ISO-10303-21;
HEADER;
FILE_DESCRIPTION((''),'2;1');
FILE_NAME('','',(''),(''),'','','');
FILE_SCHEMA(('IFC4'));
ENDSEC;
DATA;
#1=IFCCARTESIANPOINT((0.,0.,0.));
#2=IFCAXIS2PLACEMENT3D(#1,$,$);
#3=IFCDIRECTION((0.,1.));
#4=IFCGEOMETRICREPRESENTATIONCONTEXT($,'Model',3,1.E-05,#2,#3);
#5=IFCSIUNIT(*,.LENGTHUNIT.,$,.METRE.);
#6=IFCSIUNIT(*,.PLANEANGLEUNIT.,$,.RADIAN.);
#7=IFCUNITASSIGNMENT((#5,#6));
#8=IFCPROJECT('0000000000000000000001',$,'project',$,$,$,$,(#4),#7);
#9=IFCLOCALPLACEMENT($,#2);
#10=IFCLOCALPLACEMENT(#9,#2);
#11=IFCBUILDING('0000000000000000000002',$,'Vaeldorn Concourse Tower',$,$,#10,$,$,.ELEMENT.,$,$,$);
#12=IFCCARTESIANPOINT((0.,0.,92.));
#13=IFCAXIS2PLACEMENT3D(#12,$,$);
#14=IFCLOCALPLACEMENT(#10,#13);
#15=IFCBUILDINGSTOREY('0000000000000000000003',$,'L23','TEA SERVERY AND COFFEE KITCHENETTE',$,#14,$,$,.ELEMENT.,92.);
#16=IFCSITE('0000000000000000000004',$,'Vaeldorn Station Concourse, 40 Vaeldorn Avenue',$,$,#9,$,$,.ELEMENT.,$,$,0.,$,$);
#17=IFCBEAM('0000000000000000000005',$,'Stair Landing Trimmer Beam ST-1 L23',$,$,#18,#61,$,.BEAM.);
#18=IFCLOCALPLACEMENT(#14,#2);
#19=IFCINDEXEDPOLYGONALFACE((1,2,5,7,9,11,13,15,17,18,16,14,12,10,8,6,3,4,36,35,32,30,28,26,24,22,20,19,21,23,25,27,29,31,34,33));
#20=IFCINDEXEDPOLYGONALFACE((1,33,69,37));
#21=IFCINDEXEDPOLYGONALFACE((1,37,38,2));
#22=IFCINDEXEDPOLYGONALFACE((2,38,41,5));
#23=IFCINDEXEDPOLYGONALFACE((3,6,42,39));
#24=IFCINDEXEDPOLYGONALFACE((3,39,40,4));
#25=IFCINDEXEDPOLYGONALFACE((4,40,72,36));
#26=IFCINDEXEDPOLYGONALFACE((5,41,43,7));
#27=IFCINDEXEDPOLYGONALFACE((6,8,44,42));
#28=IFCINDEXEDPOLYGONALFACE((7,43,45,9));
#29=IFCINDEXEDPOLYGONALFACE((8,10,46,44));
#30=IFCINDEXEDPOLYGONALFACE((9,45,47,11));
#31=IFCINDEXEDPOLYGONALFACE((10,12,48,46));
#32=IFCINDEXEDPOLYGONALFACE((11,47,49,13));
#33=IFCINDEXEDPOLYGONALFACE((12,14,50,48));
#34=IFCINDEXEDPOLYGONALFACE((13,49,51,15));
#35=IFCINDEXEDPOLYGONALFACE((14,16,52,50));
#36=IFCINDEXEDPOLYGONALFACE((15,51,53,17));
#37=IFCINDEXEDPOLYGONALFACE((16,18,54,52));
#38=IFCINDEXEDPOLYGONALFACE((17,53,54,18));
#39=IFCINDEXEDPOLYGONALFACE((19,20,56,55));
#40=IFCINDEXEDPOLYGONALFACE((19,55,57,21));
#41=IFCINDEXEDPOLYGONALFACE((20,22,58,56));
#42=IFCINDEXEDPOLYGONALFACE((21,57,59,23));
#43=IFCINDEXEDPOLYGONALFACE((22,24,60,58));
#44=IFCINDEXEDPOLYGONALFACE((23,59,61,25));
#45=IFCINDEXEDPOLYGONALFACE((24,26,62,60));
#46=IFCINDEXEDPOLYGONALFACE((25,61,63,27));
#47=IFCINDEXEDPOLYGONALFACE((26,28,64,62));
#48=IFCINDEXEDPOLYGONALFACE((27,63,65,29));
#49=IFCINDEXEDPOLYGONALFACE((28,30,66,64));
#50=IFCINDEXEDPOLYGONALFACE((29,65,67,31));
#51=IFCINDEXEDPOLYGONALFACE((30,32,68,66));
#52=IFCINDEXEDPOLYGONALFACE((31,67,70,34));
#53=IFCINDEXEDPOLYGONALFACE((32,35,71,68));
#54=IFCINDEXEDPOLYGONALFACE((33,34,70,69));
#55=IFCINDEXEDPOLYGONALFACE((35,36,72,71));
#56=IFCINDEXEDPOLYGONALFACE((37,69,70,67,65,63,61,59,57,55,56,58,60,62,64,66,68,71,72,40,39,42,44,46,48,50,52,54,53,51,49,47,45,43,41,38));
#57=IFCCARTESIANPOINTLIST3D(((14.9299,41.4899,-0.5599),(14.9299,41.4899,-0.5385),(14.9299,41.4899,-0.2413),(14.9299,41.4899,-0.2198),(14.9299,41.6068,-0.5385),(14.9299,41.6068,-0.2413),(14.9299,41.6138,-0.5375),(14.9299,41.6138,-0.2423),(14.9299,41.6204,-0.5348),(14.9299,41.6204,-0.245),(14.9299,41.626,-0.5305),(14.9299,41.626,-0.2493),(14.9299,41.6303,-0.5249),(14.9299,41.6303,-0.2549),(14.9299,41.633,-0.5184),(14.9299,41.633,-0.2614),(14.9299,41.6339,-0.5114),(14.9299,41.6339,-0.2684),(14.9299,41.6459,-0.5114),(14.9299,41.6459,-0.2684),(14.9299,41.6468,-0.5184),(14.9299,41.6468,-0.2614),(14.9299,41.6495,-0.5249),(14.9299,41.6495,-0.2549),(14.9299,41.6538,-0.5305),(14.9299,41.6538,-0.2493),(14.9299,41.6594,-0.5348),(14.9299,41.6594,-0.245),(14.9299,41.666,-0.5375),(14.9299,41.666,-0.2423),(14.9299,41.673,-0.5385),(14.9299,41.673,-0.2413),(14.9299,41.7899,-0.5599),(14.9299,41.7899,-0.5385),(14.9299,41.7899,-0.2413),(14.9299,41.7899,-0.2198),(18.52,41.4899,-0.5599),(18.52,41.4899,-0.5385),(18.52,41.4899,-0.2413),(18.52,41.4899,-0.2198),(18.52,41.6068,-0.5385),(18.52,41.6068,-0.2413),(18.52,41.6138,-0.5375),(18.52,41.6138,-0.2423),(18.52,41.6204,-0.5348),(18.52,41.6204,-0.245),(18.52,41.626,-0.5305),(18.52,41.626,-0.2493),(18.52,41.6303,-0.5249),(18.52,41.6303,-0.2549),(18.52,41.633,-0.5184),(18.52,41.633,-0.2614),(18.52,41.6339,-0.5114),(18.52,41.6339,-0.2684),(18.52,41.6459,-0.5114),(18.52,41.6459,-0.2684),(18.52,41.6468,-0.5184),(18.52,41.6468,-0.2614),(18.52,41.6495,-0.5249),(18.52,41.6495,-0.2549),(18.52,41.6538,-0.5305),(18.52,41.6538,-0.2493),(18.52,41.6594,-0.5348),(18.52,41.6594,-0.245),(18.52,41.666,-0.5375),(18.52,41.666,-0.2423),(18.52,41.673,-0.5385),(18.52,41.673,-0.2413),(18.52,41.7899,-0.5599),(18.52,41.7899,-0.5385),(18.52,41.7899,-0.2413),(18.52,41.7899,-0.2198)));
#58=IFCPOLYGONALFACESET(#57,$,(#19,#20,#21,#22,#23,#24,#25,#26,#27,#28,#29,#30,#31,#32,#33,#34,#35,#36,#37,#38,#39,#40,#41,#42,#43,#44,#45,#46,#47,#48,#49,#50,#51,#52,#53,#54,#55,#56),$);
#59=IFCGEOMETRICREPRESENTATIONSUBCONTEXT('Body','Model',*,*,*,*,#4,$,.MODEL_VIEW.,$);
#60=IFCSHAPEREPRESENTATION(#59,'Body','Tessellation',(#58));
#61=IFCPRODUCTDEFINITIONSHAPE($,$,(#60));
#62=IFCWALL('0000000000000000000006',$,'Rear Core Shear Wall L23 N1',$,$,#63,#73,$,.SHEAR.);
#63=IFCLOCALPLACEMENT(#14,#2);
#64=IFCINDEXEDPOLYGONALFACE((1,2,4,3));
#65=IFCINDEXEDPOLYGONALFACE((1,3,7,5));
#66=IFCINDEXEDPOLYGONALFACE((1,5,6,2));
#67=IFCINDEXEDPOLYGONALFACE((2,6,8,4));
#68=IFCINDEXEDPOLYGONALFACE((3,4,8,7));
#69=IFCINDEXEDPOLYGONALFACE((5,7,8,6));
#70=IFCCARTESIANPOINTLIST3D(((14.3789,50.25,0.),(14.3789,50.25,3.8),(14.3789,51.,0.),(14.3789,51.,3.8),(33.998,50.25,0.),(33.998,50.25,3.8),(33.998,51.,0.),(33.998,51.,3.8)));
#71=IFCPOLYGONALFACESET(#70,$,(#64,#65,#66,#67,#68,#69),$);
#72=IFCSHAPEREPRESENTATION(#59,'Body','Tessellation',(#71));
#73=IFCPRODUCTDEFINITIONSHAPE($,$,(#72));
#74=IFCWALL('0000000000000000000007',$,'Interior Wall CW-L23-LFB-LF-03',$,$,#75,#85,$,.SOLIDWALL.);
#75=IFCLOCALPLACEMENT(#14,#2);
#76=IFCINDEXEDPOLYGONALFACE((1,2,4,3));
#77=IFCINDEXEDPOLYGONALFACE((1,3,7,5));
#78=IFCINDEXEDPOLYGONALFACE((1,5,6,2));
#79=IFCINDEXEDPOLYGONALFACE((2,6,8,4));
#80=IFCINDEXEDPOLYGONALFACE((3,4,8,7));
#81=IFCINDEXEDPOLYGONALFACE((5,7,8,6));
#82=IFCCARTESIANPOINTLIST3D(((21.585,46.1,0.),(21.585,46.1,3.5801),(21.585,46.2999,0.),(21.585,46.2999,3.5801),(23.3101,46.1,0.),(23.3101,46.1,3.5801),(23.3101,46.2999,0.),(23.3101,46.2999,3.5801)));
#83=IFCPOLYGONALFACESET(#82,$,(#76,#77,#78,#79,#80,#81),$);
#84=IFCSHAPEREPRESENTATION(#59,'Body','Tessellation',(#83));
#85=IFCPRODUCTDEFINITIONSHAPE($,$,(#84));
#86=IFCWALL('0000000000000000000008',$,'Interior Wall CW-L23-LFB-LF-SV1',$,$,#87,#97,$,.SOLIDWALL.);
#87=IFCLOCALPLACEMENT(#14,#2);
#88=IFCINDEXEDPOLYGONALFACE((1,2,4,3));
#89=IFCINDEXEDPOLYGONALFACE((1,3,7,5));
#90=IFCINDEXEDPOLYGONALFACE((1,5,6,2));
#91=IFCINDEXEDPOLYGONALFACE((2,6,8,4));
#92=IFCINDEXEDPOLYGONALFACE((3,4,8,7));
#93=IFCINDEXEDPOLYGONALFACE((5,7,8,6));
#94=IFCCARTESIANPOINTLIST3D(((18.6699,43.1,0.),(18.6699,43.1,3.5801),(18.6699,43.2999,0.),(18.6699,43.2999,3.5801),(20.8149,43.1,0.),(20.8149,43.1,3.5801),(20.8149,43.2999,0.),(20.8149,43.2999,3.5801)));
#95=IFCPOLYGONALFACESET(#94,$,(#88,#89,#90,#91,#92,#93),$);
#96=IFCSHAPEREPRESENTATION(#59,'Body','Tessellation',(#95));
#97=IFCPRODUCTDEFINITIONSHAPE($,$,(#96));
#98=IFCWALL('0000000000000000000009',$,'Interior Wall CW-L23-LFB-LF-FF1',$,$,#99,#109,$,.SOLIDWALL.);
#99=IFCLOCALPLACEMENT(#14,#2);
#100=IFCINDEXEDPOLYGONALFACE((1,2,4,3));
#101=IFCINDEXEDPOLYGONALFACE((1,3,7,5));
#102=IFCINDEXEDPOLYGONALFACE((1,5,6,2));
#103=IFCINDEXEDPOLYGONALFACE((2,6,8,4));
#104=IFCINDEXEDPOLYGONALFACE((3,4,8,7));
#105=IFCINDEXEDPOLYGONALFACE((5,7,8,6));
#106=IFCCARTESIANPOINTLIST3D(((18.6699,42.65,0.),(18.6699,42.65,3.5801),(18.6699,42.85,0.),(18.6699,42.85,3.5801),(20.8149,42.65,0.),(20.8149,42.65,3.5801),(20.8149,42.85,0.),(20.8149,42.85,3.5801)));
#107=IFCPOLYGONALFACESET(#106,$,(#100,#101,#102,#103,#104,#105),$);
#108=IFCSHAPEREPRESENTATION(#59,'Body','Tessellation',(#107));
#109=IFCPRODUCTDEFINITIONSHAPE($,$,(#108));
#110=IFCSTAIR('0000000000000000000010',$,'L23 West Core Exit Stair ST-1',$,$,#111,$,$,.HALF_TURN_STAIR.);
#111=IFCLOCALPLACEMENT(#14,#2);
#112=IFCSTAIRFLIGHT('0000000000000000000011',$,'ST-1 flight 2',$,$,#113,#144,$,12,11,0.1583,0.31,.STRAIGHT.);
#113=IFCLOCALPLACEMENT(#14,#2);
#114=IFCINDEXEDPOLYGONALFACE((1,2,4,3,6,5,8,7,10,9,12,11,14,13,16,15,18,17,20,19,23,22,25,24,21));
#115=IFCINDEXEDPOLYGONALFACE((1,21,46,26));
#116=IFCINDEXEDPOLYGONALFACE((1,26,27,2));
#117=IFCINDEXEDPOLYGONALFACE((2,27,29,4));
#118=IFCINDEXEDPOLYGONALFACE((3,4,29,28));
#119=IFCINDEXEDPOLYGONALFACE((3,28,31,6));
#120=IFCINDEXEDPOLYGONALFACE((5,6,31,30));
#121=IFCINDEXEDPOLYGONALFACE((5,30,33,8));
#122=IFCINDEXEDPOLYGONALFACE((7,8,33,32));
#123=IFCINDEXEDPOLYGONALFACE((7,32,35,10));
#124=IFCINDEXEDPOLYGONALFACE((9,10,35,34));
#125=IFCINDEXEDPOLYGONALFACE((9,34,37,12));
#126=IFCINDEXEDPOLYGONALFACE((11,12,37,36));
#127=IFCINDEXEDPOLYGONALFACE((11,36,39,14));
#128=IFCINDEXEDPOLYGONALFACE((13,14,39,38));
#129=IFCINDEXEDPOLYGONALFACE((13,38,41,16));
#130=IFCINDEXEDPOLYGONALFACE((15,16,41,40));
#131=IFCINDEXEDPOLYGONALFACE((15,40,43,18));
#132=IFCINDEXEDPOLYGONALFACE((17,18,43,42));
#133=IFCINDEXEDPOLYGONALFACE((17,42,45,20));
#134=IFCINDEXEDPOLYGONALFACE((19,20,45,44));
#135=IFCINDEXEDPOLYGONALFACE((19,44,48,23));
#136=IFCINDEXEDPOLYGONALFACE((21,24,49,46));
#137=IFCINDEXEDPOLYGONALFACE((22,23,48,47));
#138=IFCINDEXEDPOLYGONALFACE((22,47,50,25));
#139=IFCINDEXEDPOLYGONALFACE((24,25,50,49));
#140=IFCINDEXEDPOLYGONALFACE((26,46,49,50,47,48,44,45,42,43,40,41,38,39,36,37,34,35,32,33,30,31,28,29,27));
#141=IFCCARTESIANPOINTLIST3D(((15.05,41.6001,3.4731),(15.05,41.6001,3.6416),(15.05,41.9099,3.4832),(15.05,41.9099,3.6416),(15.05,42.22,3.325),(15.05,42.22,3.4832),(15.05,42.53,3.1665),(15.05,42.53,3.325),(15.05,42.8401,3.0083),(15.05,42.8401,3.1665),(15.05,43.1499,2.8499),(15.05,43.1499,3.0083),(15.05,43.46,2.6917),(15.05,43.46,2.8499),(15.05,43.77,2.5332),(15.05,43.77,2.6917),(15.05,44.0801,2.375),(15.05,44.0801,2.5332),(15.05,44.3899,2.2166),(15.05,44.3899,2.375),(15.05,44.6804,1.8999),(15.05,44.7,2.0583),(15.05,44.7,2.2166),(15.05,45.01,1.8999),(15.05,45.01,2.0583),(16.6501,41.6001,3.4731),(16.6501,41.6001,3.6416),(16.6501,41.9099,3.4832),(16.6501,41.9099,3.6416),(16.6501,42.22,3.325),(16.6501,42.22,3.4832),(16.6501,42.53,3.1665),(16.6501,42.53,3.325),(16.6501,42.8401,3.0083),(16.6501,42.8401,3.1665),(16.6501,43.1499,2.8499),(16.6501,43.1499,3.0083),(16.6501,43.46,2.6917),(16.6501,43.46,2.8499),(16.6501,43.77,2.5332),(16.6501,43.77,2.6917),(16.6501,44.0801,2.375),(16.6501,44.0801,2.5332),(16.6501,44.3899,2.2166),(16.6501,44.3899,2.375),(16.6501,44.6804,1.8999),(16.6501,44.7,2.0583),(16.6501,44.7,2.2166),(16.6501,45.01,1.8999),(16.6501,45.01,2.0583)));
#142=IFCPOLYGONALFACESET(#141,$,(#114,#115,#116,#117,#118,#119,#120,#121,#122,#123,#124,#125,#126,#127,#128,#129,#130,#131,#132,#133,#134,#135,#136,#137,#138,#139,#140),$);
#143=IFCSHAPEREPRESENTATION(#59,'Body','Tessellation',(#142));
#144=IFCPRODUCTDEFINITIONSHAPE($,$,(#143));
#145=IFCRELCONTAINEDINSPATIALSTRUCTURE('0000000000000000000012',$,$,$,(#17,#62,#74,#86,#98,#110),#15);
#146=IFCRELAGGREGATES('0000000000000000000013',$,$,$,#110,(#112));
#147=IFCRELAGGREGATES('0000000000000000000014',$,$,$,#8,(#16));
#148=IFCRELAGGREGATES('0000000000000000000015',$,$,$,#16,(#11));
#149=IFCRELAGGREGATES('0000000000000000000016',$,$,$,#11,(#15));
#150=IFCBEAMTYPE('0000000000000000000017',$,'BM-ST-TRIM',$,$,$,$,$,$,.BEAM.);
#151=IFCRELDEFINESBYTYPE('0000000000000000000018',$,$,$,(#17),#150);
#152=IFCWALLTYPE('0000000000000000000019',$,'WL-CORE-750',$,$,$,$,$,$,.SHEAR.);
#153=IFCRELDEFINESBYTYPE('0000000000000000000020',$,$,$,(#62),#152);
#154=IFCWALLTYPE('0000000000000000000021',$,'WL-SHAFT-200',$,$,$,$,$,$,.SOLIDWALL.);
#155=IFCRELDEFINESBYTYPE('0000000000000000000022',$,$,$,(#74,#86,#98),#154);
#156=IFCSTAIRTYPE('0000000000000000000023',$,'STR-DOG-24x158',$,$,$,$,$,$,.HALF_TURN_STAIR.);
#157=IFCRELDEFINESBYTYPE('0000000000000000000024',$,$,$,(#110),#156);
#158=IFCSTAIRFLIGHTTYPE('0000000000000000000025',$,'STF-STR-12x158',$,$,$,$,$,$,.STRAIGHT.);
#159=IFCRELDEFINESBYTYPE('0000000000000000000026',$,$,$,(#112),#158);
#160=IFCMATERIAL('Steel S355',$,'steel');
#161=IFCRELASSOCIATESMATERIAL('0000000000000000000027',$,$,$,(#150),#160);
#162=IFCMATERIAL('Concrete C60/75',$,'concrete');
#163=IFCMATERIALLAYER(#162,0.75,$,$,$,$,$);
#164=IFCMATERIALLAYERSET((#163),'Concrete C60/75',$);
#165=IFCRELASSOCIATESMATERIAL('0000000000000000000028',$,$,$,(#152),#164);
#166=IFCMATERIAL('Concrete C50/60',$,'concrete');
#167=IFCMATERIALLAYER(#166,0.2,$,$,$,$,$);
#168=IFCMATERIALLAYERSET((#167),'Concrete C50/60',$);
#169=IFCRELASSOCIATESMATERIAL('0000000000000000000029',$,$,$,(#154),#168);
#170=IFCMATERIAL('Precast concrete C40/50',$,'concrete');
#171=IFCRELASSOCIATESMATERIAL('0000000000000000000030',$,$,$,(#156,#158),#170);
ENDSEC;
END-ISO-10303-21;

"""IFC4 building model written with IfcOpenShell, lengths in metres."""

from ifc_helpers import new_model, si_unit, direction, frame, frame_2d, origin, origin_2d, place, context, subcontext, project, spatial, polyline, rectangle, i_section, outline, extrude, source, transform, mapped, material, layer, layer_set, material_profile, profile_set, type_object, element, aggregate, save


model = new_model("IFC4")

# Units and contexts
model_context = context("Model", 3, precision=1e-05, world=origin(), true_north=direction((0.0, 1.0)))
body_context = subcontext(model_context, "Body", "Model", "MODEL_VIEW")
ifc_project = project(units=[si_unit("LENGTHUNIT", "METRE"), si_unit("PLANEANGLEUNIT", "RADIAN")], contexts=[model_context])

# Site, building, storey
site_placement = place(None, origin())
site = spatial("IfcSite", under=ifc_project, at=site_placement, Name="Vaeldorn Station Concourse, 40 Vaeldorn Avenue", CompositionType="ELEMENT", RefElevation=0.0)
building_placement = place(site_placement, origin())
building = spatial("IfcBuilding", under=site, at=building_placement, Name="Vaeldorn Concourse Tower", CompositionType="ELEMENT")
storey_placement = place(building_placement, frame((0.0, 0.0, 92.0)))
storey = spatial("IfcBuildingStorey", under=building, at=storey_placement, Name="L23", Description="TEA SERVERY AND COFFEE KITCHENETTE", CompositionType="ELEMENT", Elevation=92.0)

# Beam
ifc_material_1 = material(Name="Steel S355", Category="steel")
ifc_material_profile = material_profile(ifc_material_1, i_section(OverallWidth=0.3, OverallDepth=0.3401, WebThickness=0.012, FlangeThickness=0.0215, FilletRadius=0.0271, at=origin_2d()), Name="HEB 340")
ifc_profile_set = profile_set([ifc_material_profile], Name="Steel S355")
beam_type = type_object("IfcBeamType", Name="BM-ST-TRIM", PredefinedType="BEAM", material=ifc_profile_set)
shared_shape_1 = source(origin(), body_context, "Body", "SweptSolid", [
    extrude(i_section(OverallWidth=0.3, OverallDepth=0.3401, WebThickness=0.012, FlangeThickness=0.0215, FilletRadius=0.0271, at=origin_2d()), origin(), (0.0, 0.0, 1.0), 3.5901),
])
beam_placement = place(storey_placement, frame((14.9299, 41.6399, -0.3899), z_axis=(1.0, 0.0, 0.0), x_axis=(0.0, 1.0, 0.0)))
element("IfcBeam", 1, at=beam_placement, inside=storey, type_object=beam_type, Name="Stair Landing Trimmer Beam ST-1 L23", PredefinedType="BEAM", context=body_context, shape_type="MappedRepresentation", body=[
    mapped(shared_shape_1, transform((0.0, 0.0, 0.0), scale=1.0)),
])

# Wall
ifc_material_2 = material(Name="Concrete C60/75", Category="concrete")
ifc_layer_1 = layer(ifc_material_2, 0.75)
ifc_layer_set_1 = layer_set([ifc_layer_1], Name="Concrete C60/75")
wall_type_1 = type_object("IfcWallType", Name="WL-CORE-750", PredefinedType="SHEAR", material=ifc_layer_set_1)
wall_1_placement = place(storey_placement, frame((14.3789, 50.625, 0.0), z_axis=(0.0, 0.0, 1.0), x_axis=(1.0, 0.0, 0.0)))
element("IfcWall", 2, at=wall_1_placement, inside=storey, type_object=wall_type_1, Name="Rear Core Shear Wall L23 N1", PredefinedType="SHEAR", context=body_context, shape_type="SweptSolid", body=[
    extrude(rectangle(XDim=19.6191, YDim=0.75, at=frame_2d((9.8096, 0.0))), origin(), (0.0, 0.0, 1.0), 3.8),
])

# Shared definitions
ifc_material_3 = material(Name="Concrete C50/60", Category="concrete")
ifc_layer_2 = layer(ifc_material_3, 0.2)
ifc_layer_set_2 = layer_set([ifc_layer_2], Name="Concrete C50/60")
wall_type_2 = type_object("IfcWallType", Name="WL-SHAFT-200", PredefinedType="SOLIDWALL", material=ifc_layer_set_2)

# Wall
wall_2_placement = place(storey_placement, frame((21.585, 46.2, 0.0), z_axis=(0.0, 0.0, 1.0), x_axis=(1.0, 0.0, 0.0)))
element("IfcWall", 3, at=wall_2_placement, inside=storey, type_object=wall_type_2, Name="Interior Wall CW-L23-LFB-LF-03", PredefinedType="SOLIDWALL", context=body_context, shape_type="SweptSolid", body=[
    extrude(rectangle(XDim=1.7251, YDim=0.2, at=frame_2d((0.8625, 0.0))), origin(), (0.0, 0.0, 1.0), 3.5801),
])

# Walls
for number, where, z_axis, x_axis, name in (
    (4, (18.6699, 43.2, 0.0), (0.0, 0.0, 1.0), (1.0, 0.0, 0.0), "Interior Wall CW-L23-LFB-LF-SV1"),
    (5, (18.6699, 42.75, 0.0), (0.0, 0.0, 1.0), (1.0, 0.0, 0.0), "Interior Wall CW-L23-LFB-LF-FF1"),
):
    element("IfcWall", number, at=place(storey_placement, frame(where, z_axis=z_axis, x_axis=x_axis)), inside=storey, type_object=wall_type_2, Name=name, PredefinedType="SOLIDWALL", context=body_context, shape_type="SweptSolid", body=[
        extrude(rectangle(XDim=2.145, YDim=0.2, at=frame_2d((1.0725, 0.0))), origin(), (0.0, 0.0, 1.0), 3.5801),
    ])

# Stair, stair flight
ifc_material_4 = material(Name="Precast concrete C40/50", Category="concrete")
stair_type = type_object("IfcStairType", Name="STR-DOG-24x158", PredefinedType="HALF_TURN_STAIR", material=ifc_material_4)
stair_placement = place(storey_placement, origin())
stair = element("IfcStair", 6, at=stair_placement, inside=storey, type_object=stair_type, Name="L23 West Core Exit Stair ST-1", PredefinedType="HALF_TURN_STAIR")
stair_flight_type = type_object("IfcStairFlightType", Name="STF-STR-12x158", PredefinedType="STRAIGHT", material=ifc_material_4)
stair_flight_placement = place(storey_placement, frame((15.8501, 45.01, 1.8999), z_axis=(0.0, 0.0, 1.0), x_axis=(0.0, -1.0, 0.0)))
stair_flight = element("IfcStairFlight", 7, at=stair_flight_placement, type_object=stair_flight_type, Name="ST-1 flight 2", NumberOfRisers=12, NumberOfTreads=11, PredefinedType="STRAIGHT", RiserHeight=0.1583, TreadLength=0.31, context=body_context, shape_type="SweptSolid", body=[
    extrude(outline(polyline([(0.0, 0.0), (0.0, 0.1584), (0.3101, 0.1584), (0.3101, 0.3167), (0.6201, 0.3167), (0.6201, 0.4751), (0.9299, 0.4751), (0.9299, 0.6333), (1.24, 0.6333), (1.24, 0.7917), (1.55, 0.7917), (1.55, 0.95), (1.8601, 0.95), (1.8601, 1.1084), (2.1699, 1.1084), (2.1699, 1.2666), (2.48, 1.2666), (2.48, 1.425), (2.79, 1.425), (2.79, 1.5833), (3.1001, 1.5833), (3.1001, 1.7417), (3.4099, 1.7417), (3.4099, 1.8999), (3.4099, 1.5732), (0.3296, 0.0), (0.0, 0.0)])), frame((0.0, 0.8, 0.0), z_axis=(0.0, -1.0, 0.0), x_axis=(1.0, 0.0, 0.0)), (0.0, 0.0, 1.0), 1.6001),
])
aggregate(stair, [stair_flight])

save(model, "model.ifc")
